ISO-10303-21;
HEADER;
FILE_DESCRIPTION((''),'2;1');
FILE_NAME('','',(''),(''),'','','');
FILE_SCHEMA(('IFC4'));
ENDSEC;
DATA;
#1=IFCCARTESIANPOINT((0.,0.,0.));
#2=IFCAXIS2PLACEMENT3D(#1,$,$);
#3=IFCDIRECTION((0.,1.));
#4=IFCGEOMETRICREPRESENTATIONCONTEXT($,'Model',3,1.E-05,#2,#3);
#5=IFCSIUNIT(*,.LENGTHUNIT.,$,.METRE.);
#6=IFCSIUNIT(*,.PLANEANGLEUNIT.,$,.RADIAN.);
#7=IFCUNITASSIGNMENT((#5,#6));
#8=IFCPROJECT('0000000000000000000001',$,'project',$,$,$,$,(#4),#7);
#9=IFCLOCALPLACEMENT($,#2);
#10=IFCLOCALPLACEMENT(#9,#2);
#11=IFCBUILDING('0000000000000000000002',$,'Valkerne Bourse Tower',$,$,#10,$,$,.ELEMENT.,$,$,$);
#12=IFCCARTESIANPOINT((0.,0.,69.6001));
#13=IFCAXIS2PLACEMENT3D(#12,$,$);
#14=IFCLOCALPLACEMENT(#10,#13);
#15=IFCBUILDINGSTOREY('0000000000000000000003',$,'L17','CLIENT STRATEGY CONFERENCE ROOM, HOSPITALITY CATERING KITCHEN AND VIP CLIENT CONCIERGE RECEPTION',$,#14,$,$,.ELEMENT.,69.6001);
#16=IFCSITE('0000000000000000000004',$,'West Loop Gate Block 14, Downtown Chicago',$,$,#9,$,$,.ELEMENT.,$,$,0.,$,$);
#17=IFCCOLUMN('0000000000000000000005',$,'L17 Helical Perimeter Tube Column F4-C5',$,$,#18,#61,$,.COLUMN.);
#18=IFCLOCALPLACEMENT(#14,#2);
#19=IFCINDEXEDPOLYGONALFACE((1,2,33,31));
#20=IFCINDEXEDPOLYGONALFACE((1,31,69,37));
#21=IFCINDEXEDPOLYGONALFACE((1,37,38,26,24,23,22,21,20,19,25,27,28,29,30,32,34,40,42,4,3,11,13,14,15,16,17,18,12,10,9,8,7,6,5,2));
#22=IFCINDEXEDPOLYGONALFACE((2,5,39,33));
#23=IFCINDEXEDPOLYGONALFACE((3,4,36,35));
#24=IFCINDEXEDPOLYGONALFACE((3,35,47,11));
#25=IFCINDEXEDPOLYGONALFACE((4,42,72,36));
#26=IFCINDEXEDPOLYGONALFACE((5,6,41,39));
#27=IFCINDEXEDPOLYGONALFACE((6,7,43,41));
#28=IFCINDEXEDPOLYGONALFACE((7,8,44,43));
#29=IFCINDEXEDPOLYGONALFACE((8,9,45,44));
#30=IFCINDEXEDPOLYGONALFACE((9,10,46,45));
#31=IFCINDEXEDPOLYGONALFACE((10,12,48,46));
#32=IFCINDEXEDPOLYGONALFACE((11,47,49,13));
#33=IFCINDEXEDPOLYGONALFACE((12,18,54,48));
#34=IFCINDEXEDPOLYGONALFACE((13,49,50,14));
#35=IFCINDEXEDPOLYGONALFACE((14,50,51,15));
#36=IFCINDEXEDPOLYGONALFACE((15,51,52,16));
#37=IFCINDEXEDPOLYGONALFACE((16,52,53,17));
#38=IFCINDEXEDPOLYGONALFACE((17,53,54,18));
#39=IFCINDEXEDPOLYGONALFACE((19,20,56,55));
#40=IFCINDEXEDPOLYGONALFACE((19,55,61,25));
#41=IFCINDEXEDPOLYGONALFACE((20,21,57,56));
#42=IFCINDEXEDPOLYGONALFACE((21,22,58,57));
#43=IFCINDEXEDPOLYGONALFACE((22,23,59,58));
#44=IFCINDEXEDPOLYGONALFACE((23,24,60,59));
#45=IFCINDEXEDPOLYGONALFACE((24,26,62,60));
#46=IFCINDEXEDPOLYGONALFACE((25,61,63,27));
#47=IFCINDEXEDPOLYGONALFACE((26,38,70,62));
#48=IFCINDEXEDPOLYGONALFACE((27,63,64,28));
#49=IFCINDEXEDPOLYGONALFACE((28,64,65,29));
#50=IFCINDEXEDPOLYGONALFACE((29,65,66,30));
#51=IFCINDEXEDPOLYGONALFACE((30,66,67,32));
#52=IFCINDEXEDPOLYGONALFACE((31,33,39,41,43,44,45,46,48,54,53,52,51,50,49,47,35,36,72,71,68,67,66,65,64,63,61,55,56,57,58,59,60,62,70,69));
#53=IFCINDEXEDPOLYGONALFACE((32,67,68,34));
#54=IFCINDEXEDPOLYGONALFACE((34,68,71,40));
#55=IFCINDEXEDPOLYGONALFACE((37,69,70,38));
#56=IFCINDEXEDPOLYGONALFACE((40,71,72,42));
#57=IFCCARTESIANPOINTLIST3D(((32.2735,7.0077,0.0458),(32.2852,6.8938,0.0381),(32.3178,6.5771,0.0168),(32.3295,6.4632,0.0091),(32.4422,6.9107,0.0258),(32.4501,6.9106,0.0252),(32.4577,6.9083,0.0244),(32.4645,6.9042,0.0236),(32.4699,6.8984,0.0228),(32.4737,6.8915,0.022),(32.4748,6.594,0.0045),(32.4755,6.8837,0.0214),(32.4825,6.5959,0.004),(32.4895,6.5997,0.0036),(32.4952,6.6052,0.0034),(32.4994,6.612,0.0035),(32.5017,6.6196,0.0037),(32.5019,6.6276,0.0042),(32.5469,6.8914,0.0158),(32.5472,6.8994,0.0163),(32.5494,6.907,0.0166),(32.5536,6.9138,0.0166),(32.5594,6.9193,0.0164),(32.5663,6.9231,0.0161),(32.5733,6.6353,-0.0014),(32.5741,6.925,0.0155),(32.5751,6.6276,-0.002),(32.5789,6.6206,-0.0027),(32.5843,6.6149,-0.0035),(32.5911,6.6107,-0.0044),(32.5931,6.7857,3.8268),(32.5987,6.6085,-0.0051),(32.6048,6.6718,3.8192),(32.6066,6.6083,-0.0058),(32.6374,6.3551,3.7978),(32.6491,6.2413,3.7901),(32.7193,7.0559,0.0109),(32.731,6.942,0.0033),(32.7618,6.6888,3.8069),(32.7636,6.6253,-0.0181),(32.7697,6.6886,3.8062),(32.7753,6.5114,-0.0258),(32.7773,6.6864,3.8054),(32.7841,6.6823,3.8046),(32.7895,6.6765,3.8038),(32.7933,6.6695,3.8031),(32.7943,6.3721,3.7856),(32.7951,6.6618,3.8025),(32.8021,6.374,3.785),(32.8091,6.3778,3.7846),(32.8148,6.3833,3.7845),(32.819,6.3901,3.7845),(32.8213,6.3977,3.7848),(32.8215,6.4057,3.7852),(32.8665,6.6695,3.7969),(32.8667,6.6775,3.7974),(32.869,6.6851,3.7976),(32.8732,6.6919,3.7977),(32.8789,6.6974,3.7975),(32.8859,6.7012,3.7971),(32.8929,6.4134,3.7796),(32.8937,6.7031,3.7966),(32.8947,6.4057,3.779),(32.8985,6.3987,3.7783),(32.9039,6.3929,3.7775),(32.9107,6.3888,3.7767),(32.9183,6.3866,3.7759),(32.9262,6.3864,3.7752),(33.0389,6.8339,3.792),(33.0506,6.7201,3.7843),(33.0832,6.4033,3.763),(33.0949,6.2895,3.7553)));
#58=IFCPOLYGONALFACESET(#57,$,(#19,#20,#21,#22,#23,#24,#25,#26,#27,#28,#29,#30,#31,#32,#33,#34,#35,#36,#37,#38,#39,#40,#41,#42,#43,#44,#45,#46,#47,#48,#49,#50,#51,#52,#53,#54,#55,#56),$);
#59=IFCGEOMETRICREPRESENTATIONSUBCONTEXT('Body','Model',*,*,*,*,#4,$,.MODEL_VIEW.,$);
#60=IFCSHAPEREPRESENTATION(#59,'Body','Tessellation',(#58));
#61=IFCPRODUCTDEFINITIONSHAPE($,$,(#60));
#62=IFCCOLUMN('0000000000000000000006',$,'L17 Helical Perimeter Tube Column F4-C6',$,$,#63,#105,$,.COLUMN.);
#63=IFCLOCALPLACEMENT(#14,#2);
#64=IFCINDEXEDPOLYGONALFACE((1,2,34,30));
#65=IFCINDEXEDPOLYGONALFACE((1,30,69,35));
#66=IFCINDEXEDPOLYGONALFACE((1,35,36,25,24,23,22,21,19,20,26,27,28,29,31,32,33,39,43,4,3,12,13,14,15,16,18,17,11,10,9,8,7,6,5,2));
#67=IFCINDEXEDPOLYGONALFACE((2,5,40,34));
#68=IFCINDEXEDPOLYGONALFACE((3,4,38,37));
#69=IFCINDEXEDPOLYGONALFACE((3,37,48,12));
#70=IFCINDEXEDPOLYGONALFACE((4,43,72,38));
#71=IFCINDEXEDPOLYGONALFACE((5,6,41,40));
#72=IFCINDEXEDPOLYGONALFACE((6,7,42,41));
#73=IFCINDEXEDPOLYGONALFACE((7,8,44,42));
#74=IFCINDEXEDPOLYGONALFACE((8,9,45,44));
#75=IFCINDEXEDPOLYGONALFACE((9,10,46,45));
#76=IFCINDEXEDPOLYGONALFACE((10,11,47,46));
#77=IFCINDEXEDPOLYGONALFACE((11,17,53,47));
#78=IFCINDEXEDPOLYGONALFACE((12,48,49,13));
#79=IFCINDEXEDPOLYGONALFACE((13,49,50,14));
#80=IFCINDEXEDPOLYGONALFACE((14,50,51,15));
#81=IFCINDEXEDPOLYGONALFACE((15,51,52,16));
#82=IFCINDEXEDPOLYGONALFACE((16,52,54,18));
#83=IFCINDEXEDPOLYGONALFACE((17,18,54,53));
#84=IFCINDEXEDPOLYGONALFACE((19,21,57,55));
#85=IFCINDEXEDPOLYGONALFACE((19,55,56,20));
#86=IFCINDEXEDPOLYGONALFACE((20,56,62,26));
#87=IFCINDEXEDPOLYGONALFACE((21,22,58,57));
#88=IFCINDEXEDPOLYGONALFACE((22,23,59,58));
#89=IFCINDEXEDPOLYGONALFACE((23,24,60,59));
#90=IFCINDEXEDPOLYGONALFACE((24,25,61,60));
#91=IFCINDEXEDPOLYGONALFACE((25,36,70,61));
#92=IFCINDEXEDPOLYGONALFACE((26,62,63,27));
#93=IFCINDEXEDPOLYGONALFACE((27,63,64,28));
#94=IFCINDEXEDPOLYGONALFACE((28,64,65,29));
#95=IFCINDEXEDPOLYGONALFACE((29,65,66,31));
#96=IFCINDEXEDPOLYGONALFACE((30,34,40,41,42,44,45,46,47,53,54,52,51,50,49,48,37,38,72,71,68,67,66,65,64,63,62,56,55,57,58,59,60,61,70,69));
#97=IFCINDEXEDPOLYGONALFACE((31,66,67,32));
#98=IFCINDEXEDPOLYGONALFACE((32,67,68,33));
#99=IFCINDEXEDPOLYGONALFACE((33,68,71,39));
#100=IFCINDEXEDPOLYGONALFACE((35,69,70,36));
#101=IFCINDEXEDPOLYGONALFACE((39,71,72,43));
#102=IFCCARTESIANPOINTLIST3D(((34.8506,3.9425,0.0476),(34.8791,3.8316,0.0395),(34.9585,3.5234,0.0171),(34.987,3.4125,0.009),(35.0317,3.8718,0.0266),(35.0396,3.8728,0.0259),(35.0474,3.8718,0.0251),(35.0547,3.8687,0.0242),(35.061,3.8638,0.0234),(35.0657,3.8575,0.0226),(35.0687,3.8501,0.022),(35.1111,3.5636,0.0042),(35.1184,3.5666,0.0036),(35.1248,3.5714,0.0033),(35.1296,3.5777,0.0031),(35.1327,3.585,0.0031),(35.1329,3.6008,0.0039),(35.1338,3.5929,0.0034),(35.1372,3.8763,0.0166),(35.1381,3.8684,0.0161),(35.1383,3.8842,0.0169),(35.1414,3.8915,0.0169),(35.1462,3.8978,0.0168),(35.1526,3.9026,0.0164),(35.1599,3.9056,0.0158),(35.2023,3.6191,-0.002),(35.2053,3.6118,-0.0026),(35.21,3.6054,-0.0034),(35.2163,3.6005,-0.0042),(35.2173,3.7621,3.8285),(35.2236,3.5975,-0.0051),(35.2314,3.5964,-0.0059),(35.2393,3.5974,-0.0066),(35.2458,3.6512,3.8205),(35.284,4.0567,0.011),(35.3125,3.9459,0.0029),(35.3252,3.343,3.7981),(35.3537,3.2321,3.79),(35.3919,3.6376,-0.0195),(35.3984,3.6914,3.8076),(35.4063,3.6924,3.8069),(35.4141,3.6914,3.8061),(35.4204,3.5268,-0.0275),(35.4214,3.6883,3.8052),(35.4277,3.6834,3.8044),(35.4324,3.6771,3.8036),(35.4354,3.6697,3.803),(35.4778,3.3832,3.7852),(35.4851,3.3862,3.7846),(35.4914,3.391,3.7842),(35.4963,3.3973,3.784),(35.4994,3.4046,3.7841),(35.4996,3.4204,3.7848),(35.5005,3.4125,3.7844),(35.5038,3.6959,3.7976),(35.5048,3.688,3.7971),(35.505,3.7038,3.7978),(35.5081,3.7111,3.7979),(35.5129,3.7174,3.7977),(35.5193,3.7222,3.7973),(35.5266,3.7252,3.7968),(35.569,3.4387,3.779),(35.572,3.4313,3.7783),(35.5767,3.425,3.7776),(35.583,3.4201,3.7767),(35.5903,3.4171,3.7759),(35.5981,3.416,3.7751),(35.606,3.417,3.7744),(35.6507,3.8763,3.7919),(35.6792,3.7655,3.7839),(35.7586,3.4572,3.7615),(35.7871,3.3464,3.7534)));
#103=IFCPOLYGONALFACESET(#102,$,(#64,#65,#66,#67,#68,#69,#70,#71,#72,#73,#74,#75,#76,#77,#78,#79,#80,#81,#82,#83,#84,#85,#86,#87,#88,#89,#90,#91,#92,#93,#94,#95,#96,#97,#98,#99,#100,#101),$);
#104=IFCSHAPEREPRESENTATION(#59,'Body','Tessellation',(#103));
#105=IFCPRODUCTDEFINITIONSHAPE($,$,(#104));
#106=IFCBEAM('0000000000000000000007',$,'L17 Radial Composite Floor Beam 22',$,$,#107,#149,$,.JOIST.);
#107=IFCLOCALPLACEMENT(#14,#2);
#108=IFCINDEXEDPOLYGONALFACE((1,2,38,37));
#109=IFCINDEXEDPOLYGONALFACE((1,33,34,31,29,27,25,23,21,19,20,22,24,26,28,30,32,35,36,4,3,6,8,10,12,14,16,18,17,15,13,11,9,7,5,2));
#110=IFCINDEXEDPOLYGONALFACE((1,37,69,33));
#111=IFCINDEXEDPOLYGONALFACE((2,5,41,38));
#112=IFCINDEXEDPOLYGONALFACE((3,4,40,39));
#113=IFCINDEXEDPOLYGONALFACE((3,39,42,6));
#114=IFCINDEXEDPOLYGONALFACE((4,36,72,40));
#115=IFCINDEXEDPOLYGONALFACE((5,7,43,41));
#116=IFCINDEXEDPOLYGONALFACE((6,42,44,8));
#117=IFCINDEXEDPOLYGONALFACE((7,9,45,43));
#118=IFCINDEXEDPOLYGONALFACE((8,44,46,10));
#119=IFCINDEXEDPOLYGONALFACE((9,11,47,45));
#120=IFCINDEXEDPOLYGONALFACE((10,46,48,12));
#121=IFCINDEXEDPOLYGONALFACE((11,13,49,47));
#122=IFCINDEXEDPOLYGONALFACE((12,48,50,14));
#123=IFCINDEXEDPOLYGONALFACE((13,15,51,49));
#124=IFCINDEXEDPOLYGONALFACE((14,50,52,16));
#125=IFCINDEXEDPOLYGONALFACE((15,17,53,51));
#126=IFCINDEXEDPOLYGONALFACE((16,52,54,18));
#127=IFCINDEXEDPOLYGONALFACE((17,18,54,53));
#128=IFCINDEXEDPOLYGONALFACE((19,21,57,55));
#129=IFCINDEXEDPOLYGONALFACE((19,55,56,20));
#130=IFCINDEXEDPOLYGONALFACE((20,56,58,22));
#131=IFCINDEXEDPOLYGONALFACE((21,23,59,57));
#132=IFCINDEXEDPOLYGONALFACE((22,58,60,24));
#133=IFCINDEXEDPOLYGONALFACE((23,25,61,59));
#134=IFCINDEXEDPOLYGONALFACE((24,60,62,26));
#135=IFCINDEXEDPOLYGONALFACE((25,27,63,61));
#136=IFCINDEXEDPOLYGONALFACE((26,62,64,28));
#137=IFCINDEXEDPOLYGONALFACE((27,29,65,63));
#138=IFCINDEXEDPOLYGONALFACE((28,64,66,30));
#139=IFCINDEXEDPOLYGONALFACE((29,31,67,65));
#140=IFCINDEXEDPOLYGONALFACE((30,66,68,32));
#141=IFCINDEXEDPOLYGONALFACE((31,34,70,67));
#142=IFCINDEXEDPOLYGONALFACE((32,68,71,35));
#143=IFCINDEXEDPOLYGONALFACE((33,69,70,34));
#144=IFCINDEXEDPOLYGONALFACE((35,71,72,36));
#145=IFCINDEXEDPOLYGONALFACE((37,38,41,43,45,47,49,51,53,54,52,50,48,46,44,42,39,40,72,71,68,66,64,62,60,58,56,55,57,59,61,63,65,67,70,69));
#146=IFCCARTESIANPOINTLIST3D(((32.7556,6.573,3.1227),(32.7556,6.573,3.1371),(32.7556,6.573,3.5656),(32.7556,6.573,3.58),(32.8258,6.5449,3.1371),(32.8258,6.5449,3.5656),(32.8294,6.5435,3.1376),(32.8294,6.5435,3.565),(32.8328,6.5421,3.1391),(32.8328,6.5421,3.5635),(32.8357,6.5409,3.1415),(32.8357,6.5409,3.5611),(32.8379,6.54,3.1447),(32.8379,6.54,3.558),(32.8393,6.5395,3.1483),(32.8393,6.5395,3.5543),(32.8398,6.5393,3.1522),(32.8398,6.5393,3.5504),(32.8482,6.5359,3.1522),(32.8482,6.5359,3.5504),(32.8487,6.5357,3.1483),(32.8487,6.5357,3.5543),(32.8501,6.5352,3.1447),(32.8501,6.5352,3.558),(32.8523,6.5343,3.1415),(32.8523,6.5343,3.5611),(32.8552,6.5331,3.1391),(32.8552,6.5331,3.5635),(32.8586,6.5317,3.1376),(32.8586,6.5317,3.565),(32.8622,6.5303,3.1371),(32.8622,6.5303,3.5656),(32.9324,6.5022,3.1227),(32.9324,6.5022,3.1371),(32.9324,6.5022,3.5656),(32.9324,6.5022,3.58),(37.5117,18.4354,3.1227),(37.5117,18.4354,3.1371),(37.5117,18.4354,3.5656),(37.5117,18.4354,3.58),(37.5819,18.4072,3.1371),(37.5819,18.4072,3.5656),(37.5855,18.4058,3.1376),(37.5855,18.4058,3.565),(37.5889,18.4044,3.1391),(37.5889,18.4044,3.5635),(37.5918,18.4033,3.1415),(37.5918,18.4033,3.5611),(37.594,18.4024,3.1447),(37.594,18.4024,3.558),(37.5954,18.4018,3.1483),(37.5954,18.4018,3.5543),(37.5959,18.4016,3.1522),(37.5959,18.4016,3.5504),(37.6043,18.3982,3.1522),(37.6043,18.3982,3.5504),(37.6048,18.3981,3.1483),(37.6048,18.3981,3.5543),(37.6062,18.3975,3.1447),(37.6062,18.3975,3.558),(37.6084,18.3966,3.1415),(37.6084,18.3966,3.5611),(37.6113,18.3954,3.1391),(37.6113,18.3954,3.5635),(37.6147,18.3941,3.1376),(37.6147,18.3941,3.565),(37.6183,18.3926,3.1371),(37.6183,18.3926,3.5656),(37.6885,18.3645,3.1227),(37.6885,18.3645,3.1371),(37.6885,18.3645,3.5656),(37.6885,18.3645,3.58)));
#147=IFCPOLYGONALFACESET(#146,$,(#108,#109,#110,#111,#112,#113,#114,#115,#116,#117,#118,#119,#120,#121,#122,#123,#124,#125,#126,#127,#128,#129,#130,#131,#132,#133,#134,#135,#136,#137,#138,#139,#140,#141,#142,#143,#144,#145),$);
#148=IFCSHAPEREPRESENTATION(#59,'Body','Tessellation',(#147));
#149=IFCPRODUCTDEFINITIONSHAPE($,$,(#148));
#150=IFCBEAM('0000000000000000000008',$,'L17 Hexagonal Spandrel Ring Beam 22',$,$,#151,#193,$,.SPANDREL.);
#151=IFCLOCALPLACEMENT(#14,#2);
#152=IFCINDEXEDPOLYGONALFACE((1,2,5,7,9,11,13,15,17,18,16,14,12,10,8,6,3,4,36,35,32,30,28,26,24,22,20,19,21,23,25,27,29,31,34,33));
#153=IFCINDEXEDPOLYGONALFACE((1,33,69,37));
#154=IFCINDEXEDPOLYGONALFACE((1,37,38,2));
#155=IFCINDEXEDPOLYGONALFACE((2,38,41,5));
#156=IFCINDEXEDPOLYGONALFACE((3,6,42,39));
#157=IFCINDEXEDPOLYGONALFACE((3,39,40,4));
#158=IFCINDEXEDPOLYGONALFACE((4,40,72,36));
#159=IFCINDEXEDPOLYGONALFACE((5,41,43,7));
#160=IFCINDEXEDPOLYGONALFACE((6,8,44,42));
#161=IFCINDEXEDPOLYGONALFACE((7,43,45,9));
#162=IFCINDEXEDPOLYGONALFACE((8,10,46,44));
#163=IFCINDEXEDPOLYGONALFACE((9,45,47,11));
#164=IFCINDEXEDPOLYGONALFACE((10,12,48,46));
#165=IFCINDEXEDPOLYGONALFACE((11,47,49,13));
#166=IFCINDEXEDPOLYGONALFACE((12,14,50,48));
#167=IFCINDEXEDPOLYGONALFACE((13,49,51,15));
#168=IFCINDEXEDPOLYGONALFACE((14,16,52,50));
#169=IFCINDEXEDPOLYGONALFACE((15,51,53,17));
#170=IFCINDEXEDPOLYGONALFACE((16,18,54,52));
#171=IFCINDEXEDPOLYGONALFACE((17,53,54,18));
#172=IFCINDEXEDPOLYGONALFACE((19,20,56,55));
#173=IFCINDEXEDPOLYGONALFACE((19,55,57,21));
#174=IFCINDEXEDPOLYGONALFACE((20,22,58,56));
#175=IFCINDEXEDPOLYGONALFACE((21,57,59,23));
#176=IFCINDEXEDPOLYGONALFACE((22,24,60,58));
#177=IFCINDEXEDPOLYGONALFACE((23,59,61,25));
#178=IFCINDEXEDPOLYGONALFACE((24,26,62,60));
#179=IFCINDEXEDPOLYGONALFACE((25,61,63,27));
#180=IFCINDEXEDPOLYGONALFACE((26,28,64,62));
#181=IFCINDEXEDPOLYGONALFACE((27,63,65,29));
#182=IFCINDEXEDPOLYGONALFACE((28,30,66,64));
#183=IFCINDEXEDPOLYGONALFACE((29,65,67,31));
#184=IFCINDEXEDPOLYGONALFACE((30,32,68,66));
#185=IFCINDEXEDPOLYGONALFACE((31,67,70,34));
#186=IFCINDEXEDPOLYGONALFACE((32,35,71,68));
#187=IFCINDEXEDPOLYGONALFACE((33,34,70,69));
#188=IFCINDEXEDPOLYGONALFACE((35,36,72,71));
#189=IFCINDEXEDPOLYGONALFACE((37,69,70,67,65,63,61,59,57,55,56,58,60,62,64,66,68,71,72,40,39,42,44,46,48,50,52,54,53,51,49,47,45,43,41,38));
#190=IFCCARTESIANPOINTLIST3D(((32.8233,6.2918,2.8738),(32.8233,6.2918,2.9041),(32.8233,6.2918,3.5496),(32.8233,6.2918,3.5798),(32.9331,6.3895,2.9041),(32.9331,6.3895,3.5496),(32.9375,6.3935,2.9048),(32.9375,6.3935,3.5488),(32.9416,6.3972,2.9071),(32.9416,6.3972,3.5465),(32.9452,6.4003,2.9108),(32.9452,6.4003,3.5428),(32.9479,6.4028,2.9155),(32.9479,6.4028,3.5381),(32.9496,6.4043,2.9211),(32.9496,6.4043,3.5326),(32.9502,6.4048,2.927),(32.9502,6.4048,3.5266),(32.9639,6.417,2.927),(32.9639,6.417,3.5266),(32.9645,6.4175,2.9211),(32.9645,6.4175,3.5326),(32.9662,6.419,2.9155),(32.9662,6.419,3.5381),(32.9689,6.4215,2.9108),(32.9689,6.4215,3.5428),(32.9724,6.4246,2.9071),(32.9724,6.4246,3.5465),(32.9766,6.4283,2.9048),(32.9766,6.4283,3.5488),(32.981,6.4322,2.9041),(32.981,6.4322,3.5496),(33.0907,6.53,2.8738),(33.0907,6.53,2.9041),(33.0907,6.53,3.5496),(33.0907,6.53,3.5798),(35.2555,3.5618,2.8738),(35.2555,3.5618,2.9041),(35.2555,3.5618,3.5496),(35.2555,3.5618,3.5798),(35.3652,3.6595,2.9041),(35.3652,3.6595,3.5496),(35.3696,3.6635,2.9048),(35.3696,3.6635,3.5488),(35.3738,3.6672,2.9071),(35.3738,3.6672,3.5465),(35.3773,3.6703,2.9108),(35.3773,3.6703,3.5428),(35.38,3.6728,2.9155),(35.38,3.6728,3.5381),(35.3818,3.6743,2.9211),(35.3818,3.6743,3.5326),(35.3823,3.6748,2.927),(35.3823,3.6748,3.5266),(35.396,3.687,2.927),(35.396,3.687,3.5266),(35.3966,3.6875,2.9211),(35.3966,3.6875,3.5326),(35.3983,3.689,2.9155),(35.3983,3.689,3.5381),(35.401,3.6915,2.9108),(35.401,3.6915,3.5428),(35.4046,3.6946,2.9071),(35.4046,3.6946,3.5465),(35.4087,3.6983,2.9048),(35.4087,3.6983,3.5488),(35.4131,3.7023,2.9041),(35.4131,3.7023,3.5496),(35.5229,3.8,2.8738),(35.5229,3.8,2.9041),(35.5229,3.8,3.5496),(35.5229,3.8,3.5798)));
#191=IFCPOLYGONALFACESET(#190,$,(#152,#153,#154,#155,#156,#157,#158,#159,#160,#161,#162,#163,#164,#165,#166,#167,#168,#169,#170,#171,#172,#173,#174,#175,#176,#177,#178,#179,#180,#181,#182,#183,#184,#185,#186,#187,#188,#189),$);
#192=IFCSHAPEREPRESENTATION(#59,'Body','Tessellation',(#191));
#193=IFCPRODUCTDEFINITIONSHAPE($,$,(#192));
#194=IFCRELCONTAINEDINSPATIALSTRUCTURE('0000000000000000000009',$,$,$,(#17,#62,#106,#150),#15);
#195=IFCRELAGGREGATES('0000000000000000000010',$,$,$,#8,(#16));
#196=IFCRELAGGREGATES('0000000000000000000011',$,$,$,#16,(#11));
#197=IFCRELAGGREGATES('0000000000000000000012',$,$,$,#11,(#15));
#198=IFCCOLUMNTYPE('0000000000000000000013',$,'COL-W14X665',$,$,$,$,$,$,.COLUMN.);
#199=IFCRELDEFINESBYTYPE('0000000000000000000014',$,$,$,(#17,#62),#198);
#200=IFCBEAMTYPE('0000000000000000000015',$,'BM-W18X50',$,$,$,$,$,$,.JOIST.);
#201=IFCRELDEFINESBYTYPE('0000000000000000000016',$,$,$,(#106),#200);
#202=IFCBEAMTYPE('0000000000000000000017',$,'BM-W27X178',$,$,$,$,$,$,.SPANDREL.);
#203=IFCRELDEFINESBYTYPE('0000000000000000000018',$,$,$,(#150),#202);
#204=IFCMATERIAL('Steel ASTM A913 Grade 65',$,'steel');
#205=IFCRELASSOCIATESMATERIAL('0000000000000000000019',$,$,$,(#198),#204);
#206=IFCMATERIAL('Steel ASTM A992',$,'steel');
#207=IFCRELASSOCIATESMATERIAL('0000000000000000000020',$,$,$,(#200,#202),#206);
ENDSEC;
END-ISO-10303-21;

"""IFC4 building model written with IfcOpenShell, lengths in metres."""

from ifc_helpers import new_model, si_unit, direction, frame, origin, origin_2d, place, context, subcontext, project, spatial, i_section, extrude, material, material_profile, profile_set, type_object, element, save


model = new_model("IFC4")

# Units and contexts
model_context = context("Model", 3, precision=1e-05, world=origin(), true_north=direction((0.0, 1.0)))
body_context = subcontext(model_context, "Body", "Model", "MODEL_VIEW")
ifc_project = project(units=[si_unit("LENGTHUNIT", "METRE"), si_unit("PLANEANGLEUNIT", "RADIAN")], contexts=[model_context])

# Site, building, storey
site_placement = place(None, origin())
site = spatial("IfcSite", under=ifc_project, at=site_placement, Name="West Loop Gate Block 14, Downtown Chicago", CompositionType="ELEMENT", RefElevation=0.0)
building_placement = place(site_placement, origin())
building = spatial("IfcBuilding", under=site, at=building_placement, Name="Valkerne Bourse Tower", CompositionType="ELEMENT")
storey_placement = place(building_placement, frame((0.0, 0.0, 69.6001)))
storey = spatial("IfcBuildingStorey", under=building, at=storey_placement, Name="L17", Description="CLIENT STRATEGY CONFERENCE ROOM, HOSPITALITY CATERING KITCHEN AND VIP CLIENT CONCIERGE RECEPTION", CompositionType="ELEMENT", Elevation=69.6001)

# Columns
ifc_material_1 = material(Name="Steel ASTM A913 Grade 65", Category="steel")
ifc_material_profile_1 = material_profile(ifc_material_1, i_section(OverallWidth=0.4497, OverallDepth=0.5486, WebThickness=0.072, FlangeThickness=0.1147, FilletRadius=0.0305, at=origin_2d()), Name="W14X665")
ifc_profile_set_1 = profile_set([ifc_material_profile_1], Name="Steel ASTM A913 Grade 65")
column_type = type_object("IfcColumnType", Name="COL-W14X665", PredefinedType="COLUMN", material=ifc_profile_set_1)
column_1_placement = place(storey_placement, frame((32.5244, 6.7595, 0.01), z_axis=(0.084079, -0.058386, 0.994747), x_axis=(0.991214, 0.107196, -0.077488)))
element("IfcColumn", 1, at=column_1_placement, inside=storey, type_object=column_type, Name="L17 Helical Perimeter Tube Column F4-C5", PredefinedType="COLUMN", context=body_context, shape_type="SweptSolid", body=[
    extrude(i_section(OverallWidth=0.4497, OverallDepth=0.5486, WebThickness=0.072, FlangeThickness=0.1147, FilletRadius=0.0305, at=origin_2d()), origin(), (0.0, 0.0, 1.0), 3.801),
])
column_2_placement = place(storey_placement, frame((35.1355, 3.7346, 0.01), z_axis=(0.096423, -0.047441, 0.994209), x_axis=(0.963766, 0.254044, -0.081348)))
element("IfcColumn", 2, at=column_2_placement, inside=storey, type_object=column_type, Name="L17 Helical Perimeter Tube Column F4-C6", PredefinedType="COLUMN", context=body_context, shape_type="SweptSolid", body=[
    extrude(i_section(OverallWidth=0.4497, OverallDepth=0.5486, WebThickness=0.072, FlangeThickness=0.1147, FilletRadius=0.0305, at=origin_2d()), origin(), (0.0, 0.0, 1.0), 3.803),
])

# Beams
ifc_material_2 = material(Name="Steel ASTM A992", Category="steel")
ifc_material_profile_2 = material_profile(ifc_material_2, i_section(OverallWidth=0.1904, OverallDepth=0.4573, WebThickness=0.009, FlangeThickness=0.0144, FilletRadius=0.0151, at=origin_2d()), Name="W18X50")
ifc_profile_set_2 = profile_set([ifc_material_profile_2], Name="Steel ASTM A992")
beam_type_1 = type_object("IfcBeamType", Name="BM-W18X50", PredefinedType="JOIST", material=ifc_profile_set_2)
beam_1_placement = place(storey_placement, frame((32.844, 6.5376, 3.3513), z_axis=(0.372145, 0.928175, 0.0), x_axis=(-0.928175, 0.372145, 0.0)))
element("IfcBeam", 3, at=beam_1_placement, inside=storey, type_object=beam_type_1, Name="L17 Radial Composite Floor Beam 22", PredefinedType="JOIST", context=body_context, shape_type="SweptSolid", body=[
    extrude(i_section(OverallWidth=0.1904, OverallDepth=0.4573, WebThickness=0.009, FlangeThickness=0.0144, FilletRadius=0.0151, at=origin_2d()), origin(), (0.0, 0.0, 1.0), 12.7803),
])
ifc_material_profile_3 = material_profile(ifc_material_2, i_section(OverallWidth=0.3582, OverallDepth=0.7061, WebThickness=0.0183, FlangeThickness=0.0303, FilletRadius=0.0229, at=origin_2d()), Name="W27X178")
ifc_profile_set_3 = profile_set([ifc_material_profile_3], Name="Steel ASTM A992")
beam_type_2 = type_object("IfcBeamType", Name="BM-W27X178", PredefinedType="SPANDREL", material=ifc_profile_set_3)
beam_2_placement = place(storey_placement, frame((32.957, 6.4109, 3.2268), z_axis=(0.665201, -0.746665, 0.0), x_axis=(0.746665, 0.665201, 0.0)))
element("IfcBeam", 4, at=beam_2_placement, inside=storey, type_object=beam_type_2, Name="L17 Hexagonal Spandrel Ring Beam 22", PredefinedType="SPANDREL", context=body_context, shape_type="SweptSolid", body=[
    extrude(i_section(OverallWidth=0.3582, OverallDepth=0.7061, WebThickness=0.0183, FlangeThickness=0.0303, FilletRadius=0.0229, at=origin_2d()), origin(), (0.0, 0.0, 1.0), 3.6562),
])

save(model, "model.ifc")
